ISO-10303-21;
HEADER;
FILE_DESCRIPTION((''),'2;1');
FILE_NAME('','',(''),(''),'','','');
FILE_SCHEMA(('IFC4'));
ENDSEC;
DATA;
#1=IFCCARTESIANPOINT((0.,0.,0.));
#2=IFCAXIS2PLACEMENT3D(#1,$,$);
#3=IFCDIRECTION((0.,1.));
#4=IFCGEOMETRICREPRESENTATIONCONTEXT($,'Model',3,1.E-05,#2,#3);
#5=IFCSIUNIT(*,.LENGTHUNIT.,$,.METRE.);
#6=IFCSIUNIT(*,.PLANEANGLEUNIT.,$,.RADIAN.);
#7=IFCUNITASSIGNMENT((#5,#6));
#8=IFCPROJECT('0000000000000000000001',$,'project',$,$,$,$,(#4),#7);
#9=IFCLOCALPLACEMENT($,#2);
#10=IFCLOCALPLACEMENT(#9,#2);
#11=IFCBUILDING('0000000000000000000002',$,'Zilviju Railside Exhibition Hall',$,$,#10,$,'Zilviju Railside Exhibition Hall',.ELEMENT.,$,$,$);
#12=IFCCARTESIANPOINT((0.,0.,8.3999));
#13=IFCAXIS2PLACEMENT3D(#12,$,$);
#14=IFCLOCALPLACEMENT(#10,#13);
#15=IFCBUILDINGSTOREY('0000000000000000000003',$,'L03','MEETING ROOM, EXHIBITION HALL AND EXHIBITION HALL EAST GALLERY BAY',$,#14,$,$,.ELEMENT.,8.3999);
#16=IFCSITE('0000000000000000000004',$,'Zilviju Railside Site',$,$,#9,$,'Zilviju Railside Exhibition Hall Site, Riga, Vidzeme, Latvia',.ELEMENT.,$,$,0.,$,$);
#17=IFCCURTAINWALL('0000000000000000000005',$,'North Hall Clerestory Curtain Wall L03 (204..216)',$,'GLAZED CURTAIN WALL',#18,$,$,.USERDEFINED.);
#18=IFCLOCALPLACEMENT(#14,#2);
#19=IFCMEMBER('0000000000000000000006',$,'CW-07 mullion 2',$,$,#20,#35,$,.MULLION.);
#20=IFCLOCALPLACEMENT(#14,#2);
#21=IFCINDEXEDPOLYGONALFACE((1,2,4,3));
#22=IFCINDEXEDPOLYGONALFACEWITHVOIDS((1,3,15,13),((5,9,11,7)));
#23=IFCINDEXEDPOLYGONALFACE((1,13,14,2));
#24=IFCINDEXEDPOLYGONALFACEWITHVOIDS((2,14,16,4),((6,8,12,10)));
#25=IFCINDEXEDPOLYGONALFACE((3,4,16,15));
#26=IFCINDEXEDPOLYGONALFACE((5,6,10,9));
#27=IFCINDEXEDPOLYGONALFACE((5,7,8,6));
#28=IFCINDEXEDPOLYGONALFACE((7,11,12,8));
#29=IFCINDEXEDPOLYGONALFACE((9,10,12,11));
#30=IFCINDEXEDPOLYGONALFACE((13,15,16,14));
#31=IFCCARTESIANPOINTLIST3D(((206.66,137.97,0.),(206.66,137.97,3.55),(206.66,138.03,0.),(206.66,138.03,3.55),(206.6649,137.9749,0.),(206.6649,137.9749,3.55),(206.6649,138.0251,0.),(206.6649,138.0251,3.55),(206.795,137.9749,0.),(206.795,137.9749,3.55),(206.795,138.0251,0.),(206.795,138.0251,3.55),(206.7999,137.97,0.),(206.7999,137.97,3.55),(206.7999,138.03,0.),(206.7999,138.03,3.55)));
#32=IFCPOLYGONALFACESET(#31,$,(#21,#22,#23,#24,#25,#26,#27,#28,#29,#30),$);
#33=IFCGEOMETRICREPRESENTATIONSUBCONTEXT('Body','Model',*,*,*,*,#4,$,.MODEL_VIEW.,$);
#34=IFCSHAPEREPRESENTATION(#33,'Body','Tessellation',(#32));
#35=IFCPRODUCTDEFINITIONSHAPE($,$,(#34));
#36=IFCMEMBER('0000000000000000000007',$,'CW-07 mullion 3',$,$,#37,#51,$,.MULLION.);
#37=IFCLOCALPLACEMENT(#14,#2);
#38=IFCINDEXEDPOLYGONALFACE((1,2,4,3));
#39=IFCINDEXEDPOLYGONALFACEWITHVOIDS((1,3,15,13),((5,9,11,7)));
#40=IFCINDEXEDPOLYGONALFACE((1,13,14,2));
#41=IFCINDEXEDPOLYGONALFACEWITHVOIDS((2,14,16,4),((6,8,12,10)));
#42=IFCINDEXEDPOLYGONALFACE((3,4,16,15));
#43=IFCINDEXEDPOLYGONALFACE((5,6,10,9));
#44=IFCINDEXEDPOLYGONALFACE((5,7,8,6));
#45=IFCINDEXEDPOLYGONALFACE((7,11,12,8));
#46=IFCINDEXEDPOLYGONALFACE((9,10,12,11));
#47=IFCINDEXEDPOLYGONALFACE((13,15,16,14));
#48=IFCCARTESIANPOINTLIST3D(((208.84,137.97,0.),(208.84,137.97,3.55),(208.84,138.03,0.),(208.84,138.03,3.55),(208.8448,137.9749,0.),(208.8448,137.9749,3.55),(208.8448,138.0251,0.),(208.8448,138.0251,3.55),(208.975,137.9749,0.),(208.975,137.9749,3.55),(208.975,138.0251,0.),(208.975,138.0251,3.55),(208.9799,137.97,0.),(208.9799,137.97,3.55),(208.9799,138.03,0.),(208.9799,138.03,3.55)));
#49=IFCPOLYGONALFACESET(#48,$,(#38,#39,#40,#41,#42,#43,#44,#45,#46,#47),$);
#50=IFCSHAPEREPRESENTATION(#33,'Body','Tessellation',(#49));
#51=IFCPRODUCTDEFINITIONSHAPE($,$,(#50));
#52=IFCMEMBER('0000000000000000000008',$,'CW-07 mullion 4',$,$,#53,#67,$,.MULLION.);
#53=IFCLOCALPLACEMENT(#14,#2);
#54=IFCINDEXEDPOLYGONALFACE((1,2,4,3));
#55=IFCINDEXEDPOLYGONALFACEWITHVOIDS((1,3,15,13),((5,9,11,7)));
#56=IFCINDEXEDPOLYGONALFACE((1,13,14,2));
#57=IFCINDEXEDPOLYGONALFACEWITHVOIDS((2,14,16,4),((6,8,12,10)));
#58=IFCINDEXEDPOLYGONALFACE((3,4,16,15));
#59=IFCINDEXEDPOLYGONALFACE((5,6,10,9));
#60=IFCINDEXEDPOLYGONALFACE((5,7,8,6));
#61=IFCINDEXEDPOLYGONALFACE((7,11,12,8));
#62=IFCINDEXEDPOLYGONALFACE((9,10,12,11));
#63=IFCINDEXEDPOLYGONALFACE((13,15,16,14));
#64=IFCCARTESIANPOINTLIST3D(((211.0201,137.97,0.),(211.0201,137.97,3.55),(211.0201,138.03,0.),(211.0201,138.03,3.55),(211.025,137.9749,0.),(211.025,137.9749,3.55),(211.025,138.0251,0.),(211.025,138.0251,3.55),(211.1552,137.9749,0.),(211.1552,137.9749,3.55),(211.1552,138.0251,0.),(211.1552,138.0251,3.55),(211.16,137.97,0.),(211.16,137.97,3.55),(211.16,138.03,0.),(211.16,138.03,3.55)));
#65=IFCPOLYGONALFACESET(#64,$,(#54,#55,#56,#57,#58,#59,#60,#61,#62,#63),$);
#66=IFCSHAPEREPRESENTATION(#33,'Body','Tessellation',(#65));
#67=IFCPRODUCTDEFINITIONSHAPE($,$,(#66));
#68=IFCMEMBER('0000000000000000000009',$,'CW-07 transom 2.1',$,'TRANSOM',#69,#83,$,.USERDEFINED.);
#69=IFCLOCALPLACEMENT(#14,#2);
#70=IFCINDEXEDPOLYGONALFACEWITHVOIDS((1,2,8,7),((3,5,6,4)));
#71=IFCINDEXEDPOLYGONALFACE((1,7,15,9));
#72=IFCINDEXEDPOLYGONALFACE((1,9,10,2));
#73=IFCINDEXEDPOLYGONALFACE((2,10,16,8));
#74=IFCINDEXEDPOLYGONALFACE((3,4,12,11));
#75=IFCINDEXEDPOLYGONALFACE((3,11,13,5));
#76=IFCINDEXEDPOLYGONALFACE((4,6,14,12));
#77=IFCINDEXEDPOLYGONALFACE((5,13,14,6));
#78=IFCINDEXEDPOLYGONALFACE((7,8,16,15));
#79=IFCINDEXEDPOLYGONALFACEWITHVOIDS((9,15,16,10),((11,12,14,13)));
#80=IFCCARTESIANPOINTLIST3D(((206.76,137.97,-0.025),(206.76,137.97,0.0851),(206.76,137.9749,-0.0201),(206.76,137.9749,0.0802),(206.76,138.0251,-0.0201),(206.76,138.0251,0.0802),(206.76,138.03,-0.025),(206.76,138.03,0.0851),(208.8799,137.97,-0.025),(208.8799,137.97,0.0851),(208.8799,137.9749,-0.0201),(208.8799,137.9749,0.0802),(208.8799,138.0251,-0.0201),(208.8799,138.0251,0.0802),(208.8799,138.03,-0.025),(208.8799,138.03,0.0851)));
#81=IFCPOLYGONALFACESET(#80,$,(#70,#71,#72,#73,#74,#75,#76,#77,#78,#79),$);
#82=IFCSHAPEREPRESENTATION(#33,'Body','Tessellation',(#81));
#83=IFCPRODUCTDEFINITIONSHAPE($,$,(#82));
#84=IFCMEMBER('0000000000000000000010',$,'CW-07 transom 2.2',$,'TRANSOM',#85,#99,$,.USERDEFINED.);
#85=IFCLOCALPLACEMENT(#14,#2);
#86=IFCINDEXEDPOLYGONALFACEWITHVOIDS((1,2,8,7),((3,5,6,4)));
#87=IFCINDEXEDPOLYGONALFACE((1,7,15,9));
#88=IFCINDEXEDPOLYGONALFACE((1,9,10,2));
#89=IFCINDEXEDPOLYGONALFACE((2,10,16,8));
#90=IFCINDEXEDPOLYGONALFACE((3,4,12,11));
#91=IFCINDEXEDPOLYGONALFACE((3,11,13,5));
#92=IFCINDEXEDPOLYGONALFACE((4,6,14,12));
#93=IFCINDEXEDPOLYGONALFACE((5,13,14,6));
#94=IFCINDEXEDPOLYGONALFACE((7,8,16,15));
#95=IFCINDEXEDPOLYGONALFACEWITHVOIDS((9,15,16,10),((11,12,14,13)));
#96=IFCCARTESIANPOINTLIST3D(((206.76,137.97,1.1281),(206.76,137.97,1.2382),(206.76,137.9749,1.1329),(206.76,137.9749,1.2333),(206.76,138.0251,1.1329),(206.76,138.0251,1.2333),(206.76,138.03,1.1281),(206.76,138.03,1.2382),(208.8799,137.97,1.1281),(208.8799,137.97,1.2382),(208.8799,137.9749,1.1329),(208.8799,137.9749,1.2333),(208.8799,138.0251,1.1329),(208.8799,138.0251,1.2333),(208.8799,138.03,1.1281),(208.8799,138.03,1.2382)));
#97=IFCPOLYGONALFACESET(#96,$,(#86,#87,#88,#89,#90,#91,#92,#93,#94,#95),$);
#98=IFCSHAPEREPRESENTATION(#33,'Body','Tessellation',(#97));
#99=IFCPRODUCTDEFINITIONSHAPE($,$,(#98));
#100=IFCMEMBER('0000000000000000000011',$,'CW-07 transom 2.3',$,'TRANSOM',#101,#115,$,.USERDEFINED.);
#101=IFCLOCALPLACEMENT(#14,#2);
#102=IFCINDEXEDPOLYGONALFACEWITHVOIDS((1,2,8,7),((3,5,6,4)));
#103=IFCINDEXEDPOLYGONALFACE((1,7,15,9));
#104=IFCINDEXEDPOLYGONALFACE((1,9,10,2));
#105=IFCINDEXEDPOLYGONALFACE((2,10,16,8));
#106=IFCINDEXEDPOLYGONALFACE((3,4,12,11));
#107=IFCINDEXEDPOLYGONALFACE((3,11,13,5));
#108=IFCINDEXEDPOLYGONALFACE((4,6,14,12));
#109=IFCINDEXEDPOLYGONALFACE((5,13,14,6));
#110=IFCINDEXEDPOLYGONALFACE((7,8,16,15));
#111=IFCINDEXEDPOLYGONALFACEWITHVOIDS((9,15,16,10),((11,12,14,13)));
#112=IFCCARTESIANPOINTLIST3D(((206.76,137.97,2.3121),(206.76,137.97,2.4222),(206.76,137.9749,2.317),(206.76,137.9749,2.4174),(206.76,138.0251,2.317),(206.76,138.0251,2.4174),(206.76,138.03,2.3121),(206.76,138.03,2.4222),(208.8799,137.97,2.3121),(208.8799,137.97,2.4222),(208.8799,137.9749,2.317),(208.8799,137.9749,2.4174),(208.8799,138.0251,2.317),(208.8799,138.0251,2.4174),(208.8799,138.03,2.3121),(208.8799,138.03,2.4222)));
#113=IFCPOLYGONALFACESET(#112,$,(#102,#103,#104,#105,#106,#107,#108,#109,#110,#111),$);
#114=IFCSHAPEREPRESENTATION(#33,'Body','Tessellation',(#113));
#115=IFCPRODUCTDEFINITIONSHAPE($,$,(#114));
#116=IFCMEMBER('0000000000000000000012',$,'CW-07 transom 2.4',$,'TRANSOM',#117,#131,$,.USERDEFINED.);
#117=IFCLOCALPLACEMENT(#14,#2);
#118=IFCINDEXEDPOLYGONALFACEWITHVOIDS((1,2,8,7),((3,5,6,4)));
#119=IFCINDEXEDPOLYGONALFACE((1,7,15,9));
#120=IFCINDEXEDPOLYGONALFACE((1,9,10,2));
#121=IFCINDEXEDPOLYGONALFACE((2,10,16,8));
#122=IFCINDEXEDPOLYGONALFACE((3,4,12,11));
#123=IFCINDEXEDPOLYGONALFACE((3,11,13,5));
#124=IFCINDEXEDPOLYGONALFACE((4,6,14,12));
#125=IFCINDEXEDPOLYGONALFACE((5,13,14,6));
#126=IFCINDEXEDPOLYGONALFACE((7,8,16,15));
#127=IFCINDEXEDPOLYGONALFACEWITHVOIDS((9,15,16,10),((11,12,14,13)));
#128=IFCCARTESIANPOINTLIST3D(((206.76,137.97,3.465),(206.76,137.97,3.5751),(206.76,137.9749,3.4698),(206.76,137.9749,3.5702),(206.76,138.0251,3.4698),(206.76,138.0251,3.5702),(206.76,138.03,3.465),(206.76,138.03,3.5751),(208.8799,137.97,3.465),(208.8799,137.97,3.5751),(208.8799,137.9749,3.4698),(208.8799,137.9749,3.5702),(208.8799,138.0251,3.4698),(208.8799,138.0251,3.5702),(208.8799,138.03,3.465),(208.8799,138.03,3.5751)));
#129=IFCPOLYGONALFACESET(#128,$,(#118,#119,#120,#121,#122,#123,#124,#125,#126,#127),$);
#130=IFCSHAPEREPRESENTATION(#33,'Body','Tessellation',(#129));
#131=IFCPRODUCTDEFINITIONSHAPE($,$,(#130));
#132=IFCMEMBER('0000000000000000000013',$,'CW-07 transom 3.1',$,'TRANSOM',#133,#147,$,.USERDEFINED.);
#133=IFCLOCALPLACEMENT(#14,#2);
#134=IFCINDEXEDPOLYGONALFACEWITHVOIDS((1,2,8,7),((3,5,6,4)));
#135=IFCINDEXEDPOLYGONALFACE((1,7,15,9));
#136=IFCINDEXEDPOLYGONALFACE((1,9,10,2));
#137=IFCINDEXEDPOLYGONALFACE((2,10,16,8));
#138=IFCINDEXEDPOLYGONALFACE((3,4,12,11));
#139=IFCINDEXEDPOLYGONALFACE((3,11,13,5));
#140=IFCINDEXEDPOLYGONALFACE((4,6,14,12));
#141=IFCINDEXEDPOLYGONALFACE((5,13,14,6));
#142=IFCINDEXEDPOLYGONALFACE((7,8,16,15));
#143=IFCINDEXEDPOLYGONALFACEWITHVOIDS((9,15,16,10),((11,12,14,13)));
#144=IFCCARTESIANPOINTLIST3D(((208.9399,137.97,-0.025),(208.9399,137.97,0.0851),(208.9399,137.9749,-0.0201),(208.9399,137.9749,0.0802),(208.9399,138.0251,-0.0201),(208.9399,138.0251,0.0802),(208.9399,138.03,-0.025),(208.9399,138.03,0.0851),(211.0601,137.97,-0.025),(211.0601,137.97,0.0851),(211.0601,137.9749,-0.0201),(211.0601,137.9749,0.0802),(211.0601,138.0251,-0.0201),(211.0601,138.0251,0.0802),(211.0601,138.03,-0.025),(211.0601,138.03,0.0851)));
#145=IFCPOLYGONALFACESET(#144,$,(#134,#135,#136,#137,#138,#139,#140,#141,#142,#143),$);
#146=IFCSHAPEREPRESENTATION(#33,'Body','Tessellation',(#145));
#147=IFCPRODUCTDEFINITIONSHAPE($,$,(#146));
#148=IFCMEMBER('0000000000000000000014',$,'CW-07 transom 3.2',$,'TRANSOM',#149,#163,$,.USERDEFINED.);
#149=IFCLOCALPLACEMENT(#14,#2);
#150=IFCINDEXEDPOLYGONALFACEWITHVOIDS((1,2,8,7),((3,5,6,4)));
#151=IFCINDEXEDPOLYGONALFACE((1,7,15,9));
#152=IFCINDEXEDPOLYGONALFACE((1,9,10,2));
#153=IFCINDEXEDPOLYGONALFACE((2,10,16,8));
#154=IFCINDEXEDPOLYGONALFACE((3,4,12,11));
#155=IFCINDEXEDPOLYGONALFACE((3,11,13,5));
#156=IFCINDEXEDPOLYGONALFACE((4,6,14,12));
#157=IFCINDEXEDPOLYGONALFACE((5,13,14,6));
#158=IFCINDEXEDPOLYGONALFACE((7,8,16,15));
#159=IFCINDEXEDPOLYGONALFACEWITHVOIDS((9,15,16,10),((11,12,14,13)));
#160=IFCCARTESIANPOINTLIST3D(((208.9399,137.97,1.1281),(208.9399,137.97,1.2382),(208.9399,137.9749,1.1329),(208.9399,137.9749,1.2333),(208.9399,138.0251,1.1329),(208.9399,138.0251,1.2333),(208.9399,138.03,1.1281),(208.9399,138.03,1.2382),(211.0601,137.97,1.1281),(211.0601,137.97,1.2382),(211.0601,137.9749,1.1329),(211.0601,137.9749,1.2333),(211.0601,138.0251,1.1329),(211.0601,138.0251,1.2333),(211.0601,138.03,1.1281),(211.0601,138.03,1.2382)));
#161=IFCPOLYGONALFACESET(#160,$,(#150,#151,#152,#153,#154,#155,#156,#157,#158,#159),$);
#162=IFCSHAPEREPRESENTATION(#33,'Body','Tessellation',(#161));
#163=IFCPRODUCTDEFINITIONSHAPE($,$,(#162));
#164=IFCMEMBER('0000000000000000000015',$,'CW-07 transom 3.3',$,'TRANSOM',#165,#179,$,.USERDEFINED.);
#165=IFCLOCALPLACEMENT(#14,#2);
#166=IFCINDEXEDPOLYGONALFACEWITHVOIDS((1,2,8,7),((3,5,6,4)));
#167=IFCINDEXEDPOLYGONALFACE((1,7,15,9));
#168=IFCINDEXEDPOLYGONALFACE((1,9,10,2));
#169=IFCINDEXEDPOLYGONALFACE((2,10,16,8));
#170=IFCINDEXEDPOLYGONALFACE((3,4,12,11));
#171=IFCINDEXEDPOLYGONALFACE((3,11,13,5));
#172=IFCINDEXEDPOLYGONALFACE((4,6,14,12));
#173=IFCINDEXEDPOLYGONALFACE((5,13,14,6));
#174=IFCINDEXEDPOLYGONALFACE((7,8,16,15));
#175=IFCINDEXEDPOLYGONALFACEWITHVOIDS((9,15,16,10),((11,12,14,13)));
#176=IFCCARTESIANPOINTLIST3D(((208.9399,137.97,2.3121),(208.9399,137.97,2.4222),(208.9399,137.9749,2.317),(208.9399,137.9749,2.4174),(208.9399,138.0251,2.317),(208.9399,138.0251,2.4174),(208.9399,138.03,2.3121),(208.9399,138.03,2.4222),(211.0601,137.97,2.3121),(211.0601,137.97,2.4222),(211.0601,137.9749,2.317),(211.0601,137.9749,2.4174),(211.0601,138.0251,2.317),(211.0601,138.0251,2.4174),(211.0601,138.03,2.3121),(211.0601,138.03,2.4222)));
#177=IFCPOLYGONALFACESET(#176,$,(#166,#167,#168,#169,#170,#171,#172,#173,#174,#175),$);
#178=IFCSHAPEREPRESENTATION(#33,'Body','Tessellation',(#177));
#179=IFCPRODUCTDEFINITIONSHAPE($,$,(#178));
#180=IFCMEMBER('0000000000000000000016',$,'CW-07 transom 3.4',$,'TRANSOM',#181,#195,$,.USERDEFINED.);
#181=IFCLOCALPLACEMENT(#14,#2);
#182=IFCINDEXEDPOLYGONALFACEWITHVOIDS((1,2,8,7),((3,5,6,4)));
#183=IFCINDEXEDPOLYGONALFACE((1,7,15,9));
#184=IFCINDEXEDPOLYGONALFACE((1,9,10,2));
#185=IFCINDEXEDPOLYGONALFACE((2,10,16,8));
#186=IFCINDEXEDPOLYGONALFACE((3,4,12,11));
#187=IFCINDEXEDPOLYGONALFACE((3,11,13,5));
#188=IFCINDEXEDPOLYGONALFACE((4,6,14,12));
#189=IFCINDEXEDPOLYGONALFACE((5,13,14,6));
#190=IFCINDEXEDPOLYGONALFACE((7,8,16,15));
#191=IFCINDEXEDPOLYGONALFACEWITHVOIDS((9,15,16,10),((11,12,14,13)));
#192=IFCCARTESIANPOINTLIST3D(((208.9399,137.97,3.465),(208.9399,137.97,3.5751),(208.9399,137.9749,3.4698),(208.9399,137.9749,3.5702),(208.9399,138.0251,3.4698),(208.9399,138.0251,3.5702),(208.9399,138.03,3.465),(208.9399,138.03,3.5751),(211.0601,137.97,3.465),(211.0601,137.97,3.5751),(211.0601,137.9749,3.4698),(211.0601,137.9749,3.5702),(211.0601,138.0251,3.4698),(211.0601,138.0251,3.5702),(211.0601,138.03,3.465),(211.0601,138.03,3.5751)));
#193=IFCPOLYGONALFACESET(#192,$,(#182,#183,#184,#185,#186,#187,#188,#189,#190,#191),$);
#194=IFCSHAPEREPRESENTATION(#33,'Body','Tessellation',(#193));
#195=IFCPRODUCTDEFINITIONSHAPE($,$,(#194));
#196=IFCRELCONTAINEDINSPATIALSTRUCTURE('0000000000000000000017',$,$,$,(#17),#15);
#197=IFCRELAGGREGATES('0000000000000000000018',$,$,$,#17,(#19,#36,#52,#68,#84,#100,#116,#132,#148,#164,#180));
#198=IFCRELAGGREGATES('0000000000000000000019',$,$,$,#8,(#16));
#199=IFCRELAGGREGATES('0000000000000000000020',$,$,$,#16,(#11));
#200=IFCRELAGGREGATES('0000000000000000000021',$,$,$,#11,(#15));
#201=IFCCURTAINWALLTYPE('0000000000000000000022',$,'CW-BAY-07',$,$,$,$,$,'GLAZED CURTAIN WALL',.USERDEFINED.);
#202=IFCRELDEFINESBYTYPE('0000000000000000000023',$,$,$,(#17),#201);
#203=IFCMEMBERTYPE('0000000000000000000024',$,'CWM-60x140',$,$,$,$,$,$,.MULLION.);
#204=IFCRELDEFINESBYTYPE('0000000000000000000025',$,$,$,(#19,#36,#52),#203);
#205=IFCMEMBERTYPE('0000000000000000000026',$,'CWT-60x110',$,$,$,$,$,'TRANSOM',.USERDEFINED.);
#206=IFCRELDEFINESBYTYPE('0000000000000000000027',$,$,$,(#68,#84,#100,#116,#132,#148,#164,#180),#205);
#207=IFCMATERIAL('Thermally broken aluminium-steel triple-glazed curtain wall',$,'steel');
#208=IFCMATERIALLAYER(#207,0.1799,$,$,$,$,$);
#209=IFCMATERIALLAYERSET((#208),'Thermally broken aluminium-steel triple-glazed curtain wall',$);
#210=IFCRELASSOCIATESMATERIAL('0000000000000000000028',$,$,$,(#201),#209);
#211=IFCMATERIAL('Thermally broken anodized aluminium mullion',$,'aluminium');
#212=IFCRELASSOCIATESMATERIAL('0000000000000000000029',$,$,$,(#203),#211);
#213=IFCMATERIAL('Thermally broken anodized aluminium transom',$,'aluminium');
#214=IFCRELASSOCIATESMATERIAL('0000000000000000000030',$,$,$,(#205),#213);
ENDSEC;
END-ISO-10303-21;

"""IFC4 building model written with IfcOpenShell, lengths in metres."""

from ifc_helpers import new_model, si_unit, direction, frame, origin, origin_2d, place, context, subcontext, project, spatial, hollow_rectangle, extrude, material, layer, layer_set, material_profile, profile_set, type_object, element, aggregate, save


model = new_model("IFC4")

# Units and contexts
model_context = context("Model", 3, precision=1e-05, world=origin(), true_north=direction((0.0, 1.0)))
body_context = subcontext(model_context, "Body", "Model", "MODEL_VIEW")
ifc_project = project(units=[si_unit("LENGTHUNIT", "METRE"), si_unit("PLANEANGLEUNIT", "RADIAN")], contexts=[model_context])

# Site, building, storey
site_placement = place(None, origin())
site = spatial("IfcSite", under=ifc_project, at=site_placement, Name="Zilviju Railside Site", LongName="Zilviju Railside Exhibition Hall Site, Riga, Vidzeme, Latvia", CompositionType="ELEMENT", RefElevation=0.0)
building_placement = place(site_placement, origin())
building = spatial("IfcBuilding", under=site, at=building_placement, Name="Zilviju Railside Exhibition Hall", LongName="Zilviju Railside Exhibition Hall", CompositionType="ELEMENT")
storey_placement = place(building_placement, frame((0.0, 0.0, 8.3999)))
storey = spatial("IfcBuildingStorey", under=building, at=storey_placement, Name="L03", Description="MEETING ROOM, EXHIBITION HALL AND EXHIBITION HALL EAST GALLERY BAY", CompositionType="ELEMENT", Elevation=8.3999)

# Curtain wall, members
ifc_material_1 = material(Name="Thermally broken aluminium-steel triple-glazed curtain wall", Category="steel")
ifc_layer_1 = layer(ifc_material_1, 0.1799)
ifc_layer_set_1 = layer_set([ifc_layer_1], Name="Thermally broken aluminium-steel triple-glazed curtain wall")
curtain_wall_type = type_object("IfcCurtainWallType", Name="CW-BAY-07", ElementType="GLAZED CURTAIN WALL", PredefinedType="USERDEFINED", material=ifc_layer_set_1)
curtain_wall_placement = place(storey_placement, origin())
curtain_wall = element("IfcCurtainWall", 1, at=curtain_wall_placement, inside=storey, type_object=curtain_wall_type, Name="North Hall Clerestory Curtain Wall L03 (204..216)", ObjectType="GLAZED CURTAIN WALL", PredefinedType="USERDEFINED")
ifc_material_2 = material(Name="Thermally broken anodized aluminium mullion", Category="aluminium")
ifc_material_profile_1 = material_profile(ifc_material_2, hollow_rectangle(XDim=0.0601, YDim=0.1399, WallThickness=0.0049, at=origin_2d()), Name="MULLION 140x60x5")
ifc_profile_set_1 = profile_set([ifc_material_profile_1], Name="Thermally broken anodized aluminium mullion")
member_type_1 = type_object("IfcMemberType", Name="CWM-60x140", PredefinedType="MULLION", material=ifc_profile_set_1)
member_1_placement = place(storey_placement, frame((206.73, 138.0, 0.0), z_axis=(0.0, 0.0, 1.0), x_axis=(0.0, 1.0, 0.0)))
member_1 = element("IfcMember", 2, at=member_1_placement, type_object=member_type_1, Name="CW-07 mullion 2", PredefinedType="MULLION", context=body_context, shape_type="SweptSolid", body=[
    extrude(hollow_rectangle(XDim=0.0601, YDim=0.1399, WallThickness=0.0049, at=origin_2d()), origin(), (0.0, 0.0, 1.0), 3.55),
])
member_2_placement = place(storey_placement, frame((208.9099, 138.0, 0.0), z_axis=(0.0, 0.0, 1.0), x_axis=(0.0, 1.0, 0.0)))
member_2 = element("IfcMember", 3, at=member_2_placement, type_object=member_type_1, Name="CW-07 mullion 3", PredefinedType="MULLION", context=body_context, shape_type="SweptSolid", body=[
    extrude(hollow_rectangle(XDim=0.0601, YDim=0.1399, WallThickness=0.0049, at=origin_2d()), origin(), (0.0, 0.0, 1.0), 3.55),
])
member_3_placement = place(storey_placement, frame((211.0901, 138.0, 0.0), z_axis=(0.0, 0.0, 1.0), x_axis=(0.0, 1.0, 0.0)))
member_3 = element("IfcMember", 4, at=member_3_placement, type_object=member_type_1, Name="CW-07 mullion 4", PredefinedType="MULLION", context=body_context, shape_type="SweptSolid", body=[
    extrude(hollow_rectangle(XDim=0.0601, YDim=0.1399, WallThickness=0.0049, at=origin_2d()), origin(), (0.0, 0.0, 1.0), 3.55),
])
ifc_material_3 = material(Name="Thermally broken anodized aluminium transom", Category="aluminium")
ifc_material_profile_2 = material_profile(ifc_material_3, hollow_rectangle(XDim=0.0601, YDim=0.1101, WallThickness=0.0049, at=origin_2d()), Name="TRANSOM 110x60x5")
ifc_profile_set_2 = profile_set([ifc_material_profile_2], Name="Thermally broken anodized aluminium transom")
member_type_2 = type_object("IfcMemberType", Name="CWT-60x110", ElementType="TRANSOM", PredefinedType="USERDEFINED", material=ifc_profile_set_2)
member_4_placement = place(storey_placement, frame((206.76, 138.0, 0.03), z_axis=(1.0, 0.0, 0.0), x_axis=(0.0, 1.0, 0.0)))
member_4 = element("IfcMember", 5, at=member_4_placement, type_object=member_type_2, Name="CW-07 transom 2.1", ObjectType="TRANSOM", PredefinedType="USERDEFINED", context=body_context, shape_type="SweptSolid", body=[
    extrude(hollow_rectangle(XDim=0.0601, YDim=0.1101, WallThickness=0.0049, at=origin_2d()), origin(), (0.0, 0.0, 1.0), 2.1199),
])
member_5_placement = place(storey_placement, frame((206.76, 138.0, 1.1831), z_axis=(1.0, 0.0, 0.0), x_axis=(0.0, 1.0, 0.0)))
member_5 = element("IfcMember", 6, at=member_5_placement, type_object=member_type_2, Name="CW-07 transom 2.2", ObjectType="TRANSOM", PredefinedType="USERDEFINED", context=body_context, shape_type="SweptSolid", body=[
    extrude(hollow_rectangle(XDim=0.0601, YDim=0.1101, WallThickness=0.0049, at=origin_2d()), origin(), (0.0, 0.0, 1.0), 2.1199),
])
member_6_placement = place(storey_placement, frame((206.76, 138.0, 2.3672), z_axis=(1.0, 0.0, 0.0), x_axis=(0.0, 1.0, 0.0)))
member_6 = element("IfcMember", 7, at=member_6_placement, type_object=member_type_2, Name="CW-07 transom 2.3", ObjectType="TRANSOM", PredefinedType="USERDEFINED", context=body_context, shape_type="SweptSolid", body=[
    extrude(hollow_rectangle(XDim=0.0601, YDim=0.1101, WallThickness=0.0049, at=origin_2d()), origin(), (0.0, 0.0, 1.0), 2.1199),
])
member_7_placement = place(storey_placement, frame((206.76, 138.0, 3.52), z_axis=(1.0, 0.0, 0.0), x_axis=(0.0, 1.0, 0.0)))
member_7 = element("IfcMember", 8, at=member_7_placement, type_object=member_type_2, Name="CW-07 transom 2.4", ObjectType="TRANSOM", PredefinedType="USERDEFINED", context=body_context, shape_type="SweptSolid", body=[
    extrude(hollow_rectangle(XDim=0.0601, YDim=0.1101, WallThickness=0.0049, at=origin_2d()), origin(), (0.0, 0.0, 1.0), 2.1199),
])
member_8_placement = place(storey_placement, frame((208.9399, 138.0, 0.03), z_axis=(1.0, 0.0, 0.0), x_axis=(0.0, 1.0, 0.0)))
member_8 = element("IfcMember", 9, at=member_8_placement, type_object=member_type_2, Name="CW-07 transom 3.1", ObjectType="TRANSOM", PredefinedType="USERDEFINED", context=body_context, shape_type="SweptSolid", body=[
    extrude(hollow_rectangle(XDim=0.0601, YDim=0.1101, WallThickness=0.0049, at=origin_2d()), origin(), (0.0, 0.0, 1.0), 2.1201),
])
member_9_placement = place(storey_placement, frame((208.9399, 138.0, 1.1831), z_axis=(1.0, 0.0, 0.0), x_axis=(0.0, 1.0, 0.0)))
member_9 = element("IfcMember", 10, at=member_9_placement, type_object=member_type_2, Name="CW-07 transom 3.2", ObjectType="TRANSOM", PredefinedType="USERDEFINED", context=body_context, shape_type="SweptSolid", body=[
    extrude(hollow_rectangle(XDim=0.0601, YDim=0.1101, WallThickness=0.0049, at=origin_2d()), origin(), (0.0, 0.0, 1.0), 2.1201),
])
member_10_placement = place(storey_placement, frame((208.9399, 138.0, 2.3672), z_axis=(1.0, 0.0, 0.0), x_axis=(0.0, 1.0, 0.0)))
member_10 = element("IfcMember", 11, at=member_10_placement, type_object=member_type_2, Name="CW-07 transom 3.3", ObjectType="TRANSOM", PredefinedType="USERDEFINED", context=body_context, shape_type="SweptSolid", body=[
    extrude(hollow_rectangle(XDim=0.0601, YDim=0.1101, WallThickness=0.0049, at=origin_2d()), origin(), (0.0, 0.0, 1.0), 2.1201),
])
member_11_placement = place(storey_placement, frame((208.9399, 138.0, 3.52), z_axis=(1.0, 0.0, 0.0), x_axis=(0.0, 1.0, 0.0)))
member_11 = element("IfcMember", 12, at=member_11_placement, type_object=member_type_2, Name="CW-07 transom 3.4", ObjectType="TRANSOM", PredefinedType="USERDEFINED", context=body_context, shape_type="SweptSolid", body=[
    extrude(hollow_rectangle(XDim=0.0601, YDim=0.1101, WallThickness=0.0049, at=origin_2d()), origin(), (0.0, 0.0, 1.0), 2.1201),
])
aggregate(curtain_wall, [member_1, member_2, member_3, member_4, member_5, member_6, member_7, member_8, member_9, member_10, member_11])

save(model, "model.ifc")
